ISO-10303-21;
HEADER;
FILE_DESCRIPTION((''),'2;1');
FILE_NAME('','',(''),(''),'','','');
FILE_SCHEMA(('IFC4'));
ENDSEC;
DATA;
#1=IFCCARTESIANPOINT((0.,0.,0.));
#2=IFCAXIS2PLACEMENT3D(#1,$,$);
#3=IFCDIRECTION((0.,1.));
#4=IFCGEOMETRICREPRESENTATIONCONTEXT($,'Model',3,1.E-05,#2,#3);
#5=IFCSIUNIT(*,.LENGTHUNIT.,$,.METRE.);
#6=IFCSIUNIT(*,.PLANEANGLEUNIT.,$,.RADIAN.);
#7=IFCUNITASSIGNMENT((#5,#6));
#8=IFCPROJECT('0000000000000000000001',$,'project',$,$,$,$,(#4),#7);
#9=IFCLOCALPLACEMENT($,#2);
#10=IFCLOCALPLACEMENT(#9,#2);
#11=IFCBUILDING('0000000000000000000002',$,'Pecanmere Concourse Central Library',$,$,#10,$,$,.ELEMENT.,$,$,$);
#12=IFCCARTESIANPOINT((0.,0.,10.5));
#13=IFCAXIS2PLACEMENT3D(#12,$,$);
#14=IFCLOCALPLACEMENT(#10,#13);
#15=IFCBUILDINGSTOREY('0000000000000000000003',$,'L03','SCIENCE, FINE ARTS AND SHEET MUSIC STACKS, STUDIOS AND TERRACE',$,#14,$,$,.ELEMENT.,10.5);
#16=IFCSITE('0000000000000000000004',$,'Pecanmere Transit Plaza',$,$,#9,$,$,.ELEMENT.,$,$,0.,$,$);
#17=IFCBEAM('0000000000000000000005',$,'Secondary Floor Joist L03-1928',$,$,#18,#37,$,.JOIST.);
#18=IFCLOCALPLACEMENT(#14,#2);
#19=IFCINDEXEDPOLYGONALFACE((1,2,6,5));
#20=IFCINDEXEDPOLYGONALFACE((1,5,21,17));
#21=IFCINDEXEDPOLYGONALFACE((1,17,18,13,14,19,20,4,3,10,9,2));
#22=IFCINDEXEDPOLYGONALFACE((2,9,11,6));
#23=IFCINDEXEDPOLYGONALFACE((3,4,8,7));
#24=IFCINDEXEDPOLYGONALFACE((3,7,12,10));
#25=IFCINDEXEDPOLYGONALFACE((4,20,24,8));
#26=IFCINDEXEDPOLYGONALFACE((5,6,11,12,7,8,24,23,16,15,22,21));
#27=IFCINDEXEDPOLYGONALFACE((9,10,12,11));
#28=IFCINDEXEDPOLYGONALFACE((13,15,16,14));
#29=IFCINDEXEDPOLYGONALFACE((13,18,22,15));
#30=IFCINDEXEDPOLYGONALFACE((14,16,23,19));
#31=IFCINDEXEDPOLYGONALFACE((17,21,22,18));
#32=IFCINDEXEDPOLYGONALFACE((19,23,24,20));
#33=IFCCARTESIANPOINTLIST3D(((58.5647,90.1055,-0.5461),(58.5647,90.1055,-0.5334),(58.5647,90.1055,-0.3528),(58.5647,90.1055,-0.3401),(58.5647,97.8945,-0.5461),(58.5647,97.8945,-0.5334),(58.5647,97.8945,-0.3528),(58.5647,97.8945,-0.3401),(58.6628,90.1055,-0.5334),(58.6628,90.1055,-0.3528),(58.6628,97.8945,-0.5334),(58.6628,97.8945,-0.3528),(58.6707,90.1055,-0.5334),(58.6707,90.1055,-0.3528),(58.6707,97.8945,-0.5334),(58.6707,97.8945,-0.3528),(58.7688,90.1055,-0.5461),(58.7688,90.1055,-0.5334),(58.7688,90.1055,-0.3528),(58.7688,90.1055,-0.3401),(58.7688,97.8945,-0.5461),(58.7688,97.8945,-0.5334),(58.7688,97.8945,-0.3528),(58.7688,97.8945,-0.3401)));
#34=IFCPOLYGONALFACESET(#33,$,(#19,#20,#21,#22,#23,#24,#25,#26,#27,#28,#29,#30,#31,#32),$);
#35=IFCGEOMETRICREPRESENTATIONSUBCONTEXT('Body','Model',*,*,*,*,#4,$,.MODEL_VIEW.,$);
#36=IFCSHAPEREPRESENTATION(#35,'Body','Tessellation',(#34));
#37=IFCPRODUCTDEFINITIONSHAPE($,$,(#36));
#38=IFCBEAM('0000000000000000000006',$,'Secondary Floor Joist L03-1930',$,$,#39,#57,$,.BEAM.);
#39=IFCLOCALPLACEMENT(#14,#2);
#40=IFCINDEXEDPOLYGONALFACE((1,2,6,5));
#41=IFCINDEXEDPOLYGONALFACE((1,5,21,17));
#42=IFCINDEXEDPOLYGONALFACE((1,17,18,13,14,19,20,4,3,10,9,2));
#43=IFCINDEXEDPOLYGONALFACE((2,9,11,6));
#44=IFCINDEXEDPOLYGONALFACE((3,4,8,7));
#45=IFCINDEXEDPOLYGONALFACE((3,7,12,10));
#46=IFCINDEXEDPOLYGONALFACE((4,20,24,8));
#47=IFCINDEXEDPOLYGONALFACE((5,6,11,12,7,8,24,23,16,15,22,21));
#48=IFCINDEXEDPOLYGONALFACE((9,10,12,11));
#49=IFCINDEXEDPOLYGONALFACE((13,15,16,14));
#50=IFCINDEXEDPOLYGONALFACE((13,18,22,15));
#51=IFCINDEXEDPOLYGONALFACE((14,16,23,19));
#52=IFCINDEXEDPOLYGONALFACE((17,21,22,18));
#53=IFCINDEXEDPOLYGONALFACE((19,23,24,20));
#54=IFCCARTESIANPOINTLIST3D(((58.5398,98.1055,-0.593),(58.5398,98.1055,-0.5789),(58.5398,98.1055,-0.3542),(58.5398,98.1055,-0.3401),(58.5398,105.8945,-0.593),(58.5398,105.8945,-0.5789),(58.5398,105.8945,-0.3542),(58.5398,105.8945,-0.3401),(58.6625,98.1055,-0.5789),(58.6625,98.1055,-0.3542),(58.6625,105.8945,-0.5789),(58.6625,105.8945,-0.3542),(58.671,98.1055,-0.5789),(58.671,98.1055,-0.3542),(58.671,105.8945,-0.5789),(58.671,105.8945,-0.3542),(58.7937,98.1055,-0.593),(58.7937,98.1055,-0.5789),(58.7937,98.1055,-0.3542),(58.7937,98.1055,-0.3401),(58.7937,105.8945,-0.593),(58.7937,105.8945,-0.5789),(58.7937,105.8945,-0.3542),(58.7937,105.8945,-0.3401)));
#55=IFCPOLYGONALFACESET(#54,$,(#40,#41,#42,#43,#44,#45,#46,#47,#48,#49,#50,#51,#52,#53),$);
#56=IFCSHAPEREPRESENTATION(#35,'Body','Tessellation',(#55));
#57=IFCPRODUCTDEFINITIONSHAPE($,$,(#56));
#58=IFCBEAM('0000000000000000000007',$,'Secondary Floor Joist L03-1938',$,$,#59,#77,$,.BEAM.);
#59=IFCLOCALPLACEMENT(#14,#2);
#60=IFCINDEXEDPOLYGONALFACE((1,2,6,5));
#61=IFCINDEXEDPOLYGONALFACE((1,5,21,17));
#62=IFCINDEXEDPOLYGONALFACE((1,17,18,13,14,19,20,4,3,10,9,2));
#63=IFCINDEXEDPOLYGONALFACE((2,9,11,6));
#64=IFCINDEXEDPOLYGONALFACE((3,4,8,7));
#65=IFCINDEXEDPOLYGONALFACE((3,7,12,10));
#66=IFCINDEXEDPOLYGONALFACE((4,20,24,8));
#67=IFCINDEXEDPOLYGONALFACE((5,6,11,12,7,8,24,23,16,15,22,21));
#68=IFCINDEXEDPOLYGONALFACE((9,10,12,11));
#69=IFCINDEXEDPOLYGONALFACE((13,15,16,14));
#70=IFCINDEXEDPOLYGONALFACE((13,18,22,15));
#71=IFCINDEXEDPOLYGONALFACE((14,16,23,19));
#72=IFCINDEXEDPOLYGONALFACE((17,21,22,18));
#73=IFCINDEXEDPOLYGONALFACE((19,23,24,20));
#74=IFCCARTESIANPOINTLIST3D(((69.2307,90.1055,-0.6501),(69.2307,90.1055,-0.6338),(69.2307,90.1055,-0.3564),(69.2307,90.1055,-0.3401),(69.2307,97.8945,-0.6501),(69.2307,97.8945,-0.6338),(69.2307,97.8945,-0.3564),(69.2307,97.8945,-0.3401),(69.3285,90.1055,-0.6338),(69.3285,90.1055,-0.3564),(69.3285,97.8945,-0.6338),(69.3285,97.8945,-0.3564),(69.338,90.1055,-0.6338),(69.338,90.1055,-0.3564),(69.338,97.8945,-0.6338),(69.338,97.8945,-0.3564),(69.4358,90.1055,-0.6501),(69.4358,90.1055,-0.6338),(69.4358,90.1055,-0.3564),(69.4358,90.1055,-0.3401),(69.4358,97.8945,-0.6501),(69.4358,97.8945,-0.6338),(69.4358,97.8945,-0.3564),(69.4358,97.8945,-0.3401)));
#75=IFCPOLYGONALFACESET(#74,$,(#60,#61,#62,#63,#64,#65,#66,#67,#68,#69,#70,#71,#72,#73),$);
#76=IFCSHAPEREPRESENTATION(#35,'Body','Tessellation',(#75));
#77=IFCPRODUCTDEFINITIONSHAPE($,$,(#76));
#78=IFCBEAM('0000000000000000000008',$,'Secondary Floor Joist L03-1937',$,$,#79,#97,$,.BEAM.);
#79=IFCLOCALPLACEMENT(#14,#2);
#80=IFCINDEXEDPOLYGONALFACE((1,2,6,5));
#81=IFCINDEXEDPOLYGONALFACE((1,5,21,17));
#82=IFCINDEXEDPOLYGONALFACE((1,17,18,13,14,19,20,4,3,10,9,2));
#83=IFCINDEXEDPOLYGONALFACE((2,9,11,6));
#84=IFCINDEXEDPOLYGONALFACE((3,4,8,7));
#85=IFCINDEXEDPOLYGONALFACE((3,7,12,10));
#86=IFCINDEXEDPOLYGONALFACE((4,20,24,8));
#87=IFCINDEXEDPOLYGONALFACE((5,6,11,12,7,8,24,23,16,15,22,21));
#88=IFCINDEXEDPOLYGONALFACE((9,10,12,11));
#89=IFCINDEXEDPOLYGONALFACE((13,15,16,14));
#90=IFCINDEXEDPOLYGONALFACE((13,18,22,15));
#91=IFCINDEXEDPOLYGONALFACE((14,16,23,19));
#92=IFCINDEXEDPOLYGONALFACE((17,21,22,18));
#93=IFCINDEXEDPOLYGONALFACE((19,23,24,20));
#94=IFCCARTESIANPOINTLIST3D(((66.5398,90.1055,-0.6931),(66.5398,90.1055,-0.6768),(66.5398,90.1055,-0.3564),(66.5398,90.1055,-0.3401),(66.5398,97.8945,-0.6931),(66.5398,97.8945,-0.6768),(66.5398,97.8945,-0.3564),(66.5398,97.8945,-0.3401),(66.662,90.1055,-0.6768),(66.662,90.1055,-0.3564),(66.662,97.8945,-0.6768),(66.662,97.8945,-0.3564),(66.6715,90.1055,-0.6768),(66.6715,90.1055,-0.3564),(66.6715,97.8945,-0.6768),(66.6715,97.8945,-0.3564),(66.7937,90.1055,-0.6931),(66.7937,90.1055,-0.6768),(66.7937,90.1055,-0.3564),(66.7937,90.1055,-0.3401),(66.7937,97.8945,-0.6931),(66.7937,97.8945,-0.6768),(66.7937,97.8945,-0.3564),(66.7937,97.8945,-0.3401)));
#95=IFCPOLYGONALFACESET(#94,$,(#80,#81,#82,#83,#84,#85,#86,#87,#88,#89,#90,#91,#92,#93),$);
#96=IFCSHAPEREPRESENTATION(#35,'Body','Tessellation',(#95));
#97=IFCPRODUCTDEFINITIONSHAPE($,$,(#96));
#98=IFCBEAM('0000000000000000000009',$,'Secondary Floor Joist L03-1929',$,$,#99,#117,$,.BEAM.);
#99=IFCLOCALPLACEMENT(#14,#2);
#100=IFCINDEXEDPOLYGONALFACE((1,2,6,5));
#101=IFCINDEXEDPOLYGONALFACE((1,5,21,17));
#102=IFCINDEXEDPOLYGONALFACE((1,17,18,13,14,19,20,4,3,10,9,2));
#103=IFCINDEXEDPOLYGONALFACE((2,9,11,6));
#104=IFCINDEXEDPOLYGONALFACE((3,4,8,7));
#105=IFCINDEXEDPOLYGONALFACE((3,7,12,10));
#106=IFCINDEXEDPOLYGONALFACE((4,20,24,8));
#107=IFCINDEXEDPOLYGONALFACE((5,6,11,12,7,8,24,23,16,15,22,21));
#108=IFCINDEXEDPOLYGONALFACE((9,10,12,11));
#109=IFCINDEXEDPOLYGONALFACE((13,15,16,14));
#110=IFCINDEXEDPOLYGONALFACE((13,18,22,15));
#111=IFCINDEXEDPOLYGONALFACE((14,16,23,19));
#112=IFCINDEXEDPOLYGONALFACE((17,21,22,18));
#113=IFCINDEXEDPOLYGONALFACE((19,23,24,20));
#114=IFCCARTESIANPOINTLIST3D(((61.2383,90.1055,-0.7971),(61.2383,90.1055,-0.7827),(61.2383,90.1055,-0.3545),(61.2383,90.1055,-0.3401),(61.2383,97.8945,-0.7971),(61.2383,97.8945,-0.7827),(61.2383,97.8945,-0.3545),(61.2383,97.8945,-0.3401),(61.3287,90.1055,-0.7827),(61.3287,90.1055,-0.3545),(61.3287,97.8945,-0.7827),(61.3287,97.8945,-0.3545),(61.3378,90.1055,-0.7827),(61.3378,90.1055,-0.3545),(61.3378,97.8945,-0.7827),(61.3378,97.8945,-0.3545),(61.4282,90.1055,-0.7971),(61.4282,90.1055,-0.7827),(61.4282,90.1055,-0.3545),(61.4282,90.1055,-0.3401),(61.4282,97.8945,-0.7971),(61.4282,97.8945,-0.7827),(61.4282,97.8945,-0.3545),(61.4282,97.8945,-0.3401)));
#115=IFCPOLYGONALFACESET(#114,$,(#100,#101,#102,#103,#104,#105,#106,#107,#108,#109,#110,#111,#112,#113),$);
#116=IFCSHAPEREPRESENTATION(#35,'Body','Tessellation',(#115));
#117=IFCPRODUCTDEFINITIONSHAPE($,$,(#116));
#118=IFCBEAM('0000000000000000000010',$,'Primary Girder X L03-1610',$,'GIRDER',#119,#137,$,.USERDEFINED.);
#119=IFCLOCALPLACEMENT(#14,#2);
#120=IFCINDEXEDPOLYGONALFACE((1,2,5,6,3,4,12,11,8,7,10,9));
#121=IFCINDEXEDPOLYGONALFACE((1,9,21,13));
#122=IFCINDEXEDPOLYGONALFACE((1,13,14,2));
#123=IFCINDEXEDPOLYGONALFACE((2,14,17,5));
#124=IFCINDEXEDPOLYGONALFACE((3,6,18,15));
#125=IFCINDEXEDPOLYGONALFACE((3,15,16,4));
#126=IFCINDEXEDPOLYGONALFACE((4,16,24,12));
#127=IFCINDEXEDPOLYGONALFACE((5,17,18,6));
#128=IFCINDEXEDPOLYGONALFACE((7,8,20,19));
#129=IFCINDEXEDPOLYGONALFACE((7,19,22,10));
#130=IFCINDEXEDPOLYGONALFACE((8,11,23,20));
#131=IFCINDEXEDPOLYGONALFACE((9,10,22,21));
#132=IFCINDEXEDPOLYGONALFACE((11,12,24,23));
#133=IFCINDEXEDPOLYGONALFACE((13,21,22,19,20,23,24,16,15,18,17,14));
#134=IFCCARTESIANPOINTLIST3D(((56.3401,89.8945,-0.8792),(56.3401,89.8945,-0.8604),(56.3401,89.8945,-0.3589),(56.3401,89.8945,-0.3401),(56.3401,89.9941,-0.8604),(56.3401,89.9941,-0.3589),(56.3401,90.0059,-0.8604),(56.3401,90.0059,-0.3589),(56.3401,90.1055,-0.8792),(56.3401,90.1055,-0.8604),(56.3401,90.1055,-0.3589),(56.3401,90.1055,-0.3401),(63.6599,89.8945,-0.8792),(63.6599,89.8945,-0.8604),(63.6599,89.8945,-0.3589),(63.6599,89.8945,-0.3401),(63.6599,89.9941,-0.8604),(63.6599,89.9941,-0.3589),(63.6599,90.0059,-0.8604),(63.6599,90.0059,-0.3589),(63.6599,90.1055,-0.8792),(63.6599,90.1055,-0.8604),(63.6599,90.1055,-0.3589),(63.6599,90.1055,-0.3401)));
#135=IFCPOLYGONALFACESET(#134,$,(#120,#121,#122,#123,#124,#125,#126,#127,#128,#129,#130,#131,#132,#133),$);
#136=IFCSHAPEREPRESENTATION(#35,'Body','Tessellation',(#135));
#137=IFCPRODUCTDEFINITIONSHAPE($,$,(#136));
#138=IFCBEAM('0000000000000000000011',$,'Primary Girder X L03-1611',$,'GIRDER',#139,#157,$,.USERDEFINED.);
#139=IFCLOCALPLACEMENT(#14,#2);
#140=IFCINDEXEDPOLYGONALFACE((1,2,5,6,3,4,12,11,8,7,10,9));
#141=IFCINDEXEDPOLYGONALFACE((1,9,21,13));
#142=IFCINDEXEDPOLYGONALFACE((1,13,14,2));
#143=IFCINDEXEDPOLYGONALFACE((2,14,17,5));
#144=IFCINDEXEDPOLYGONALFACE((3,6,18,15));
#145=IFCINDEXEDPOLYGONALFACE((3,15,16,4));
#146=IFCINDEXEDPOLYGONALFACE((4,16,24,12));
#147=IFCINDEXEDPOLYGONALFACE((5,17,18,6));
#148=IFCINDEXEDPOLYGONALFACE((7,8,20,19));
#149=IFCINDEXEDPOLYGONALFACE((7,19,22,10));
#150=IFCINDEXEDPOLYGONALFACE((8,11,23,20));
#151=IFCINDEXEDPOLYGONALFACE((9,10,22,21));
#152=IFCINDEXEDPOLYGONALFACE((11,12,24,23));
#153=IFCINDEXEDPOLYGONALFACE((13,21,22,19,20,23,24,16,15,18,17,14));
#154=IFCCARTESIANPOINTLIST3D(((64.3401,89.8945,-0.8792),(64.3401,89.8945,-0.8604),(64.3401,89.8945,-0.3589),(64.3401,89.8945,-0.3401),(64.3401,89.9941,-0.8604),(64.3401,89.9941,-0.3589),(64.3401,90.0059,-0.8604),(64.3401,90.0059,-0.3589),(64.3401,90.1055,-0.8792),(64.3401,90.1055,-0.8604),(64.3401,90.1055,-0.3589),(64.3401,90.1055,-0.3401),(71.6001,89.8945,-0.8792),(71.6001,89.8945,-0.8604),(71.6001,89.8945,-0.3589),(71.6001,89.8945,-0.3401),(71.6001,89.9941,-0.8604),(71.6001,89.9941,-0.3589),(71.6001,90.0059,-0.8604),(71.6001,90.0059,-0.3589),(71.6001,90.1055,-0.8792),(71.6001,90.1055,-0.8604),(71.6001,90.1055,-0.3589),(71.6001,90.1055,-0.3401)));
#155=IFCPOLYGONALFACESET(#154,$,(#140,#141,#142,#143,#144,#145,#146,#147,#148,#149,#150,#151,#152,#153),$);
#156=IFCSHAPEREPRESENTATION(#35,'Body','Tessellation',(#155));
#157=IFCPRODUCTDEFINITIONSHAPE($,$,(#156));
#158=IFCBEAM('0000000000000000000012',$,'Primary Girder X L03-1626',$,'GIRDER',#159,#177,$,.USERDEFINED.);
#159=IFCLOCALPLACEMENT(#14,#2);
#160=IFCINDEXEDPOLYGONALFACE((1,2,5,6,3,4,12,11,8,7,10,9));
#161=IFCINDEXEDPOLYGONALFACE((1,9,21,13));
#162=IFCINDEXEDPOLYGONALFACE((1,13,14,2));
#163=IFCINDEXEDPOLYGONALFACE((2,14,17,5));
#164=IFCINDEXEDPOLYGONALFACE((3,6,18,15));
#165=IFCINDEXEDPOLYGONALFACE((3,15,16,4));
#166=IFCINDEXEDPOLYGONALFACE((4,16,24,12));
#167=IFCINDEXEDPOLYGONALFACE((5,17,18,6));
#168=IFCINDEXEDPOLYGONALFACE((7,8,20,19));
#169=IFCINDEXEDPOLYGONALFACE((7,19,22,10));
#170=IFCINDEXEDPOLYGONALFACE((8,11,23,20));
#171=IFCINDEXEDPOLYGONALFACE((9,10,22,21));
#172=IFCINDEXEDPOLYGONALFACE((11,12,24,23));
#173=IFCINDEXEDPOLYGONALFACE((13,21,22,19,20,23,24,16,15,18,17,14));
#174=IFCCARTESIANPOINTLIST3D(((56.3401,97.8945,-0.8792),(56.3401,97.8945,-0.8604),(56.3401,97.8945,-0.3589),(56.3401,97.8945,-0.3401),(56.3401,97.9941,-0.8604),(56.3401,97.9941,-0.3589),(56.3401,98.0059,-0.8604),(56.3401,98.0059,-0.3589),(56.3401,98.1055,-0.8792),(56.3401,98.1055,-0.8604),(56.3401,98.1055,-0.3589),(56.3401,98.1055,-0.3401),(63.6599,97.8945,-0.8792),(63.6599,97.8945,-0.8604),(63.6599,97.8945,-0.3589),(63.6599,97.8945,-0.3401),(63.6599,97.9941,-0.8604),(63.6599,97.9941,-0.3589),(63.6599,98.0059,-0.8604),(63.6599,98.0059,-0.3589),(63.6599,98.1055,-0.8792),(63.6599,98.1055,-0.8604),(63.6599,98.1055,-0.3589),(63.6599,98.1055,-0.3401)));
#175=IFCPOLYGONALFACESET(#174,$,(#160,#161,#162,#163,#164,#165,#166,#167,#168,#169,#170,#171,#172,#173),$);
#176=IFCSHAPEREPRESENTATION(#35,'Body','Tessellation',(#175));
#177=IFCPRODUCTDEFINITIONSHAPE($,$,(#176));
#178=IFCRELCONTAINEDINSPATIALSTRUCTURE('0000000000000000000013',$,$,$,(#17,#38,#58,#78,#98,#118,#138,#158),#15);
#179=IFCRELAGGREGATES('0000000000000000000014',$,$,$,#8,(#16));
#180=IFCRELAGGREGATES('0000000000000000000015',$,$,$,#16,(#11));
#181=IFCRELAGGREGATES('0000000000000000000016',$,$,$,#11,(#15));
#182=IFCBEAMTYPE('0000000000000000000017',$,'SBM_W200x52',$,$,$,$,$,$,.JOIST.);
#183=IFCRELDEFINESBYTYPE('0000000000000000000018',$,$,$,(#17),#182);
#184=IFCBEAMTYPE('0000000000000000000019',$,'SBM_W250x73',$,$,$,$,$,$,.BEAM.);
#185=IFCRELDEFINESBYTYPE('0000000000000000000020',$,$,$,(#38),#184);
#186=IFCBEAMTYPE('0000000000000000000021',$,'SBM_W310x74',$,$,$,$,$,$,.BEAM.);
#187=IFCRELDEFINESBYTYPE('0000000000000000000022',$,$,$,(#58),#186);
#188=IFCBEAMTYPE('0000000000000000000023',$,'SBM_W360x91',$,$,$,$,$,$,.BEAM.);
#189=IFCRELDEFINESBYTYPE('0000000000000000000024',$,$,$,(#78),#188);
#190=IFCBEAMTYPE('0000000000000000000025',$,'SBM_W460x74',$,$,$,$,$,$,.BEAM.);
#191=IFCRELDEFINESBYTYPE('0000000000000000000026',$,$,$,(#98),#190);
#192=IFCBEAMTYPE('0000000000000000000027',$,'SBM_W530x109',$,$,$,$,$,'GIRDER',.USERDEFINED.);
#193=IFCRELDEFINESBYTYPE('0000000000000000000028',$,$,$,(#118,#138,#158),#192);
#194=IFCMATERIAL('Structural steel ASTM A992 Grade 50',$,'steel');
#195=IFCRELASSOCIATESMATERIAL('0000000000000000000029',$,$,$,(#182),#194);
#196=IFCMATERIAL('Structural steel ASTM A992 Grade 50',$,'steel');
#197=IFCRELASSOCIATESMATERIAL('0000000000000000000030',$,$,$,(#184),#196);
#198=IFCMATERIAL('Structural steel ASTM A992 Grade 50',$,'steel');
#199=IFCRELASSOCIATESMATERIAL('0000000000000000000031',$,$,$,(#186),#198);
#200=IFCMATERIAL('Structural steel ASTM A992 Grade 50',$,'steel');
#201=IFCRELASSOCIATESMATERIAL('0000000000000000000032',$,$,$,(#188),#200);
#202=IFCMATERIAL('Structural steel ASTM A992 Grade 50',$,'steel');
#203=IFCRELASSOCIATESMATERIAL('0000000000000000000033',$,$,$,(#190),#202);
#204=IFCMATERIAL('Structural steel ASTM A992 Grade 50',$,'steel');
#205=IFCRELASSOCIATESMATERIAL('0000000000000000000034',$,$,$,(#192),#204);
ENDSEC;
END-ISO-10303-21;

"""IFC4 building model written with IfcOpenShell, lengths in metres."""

from ifc_helpers import new_model, si_unit, direction, frame, origin, origin_2d, place, context, subcontext, project, spatial, i_section, extrude, material, material_profile, profile_set, type_object, element, save


model = new_model("IFC4")

# Units and contexts
model_context = context("Model", 3, precision=1e-05, world=origin(), true_north=direction((0.0, 1.0)))
body_context = subcontext(model_context, "Body", "Model", "MODEL_VIEW")
ifc_project = project(units=[si_unit("LENGTHUNIT", "METRE"), si_unit("PLANEANGLEUNIT", "RADIAN")], contexts=[model_context])

# Site, building, storey
site_placement = place(None, origin())
site = spatial("IfcSite", under=ifc_project, at=site_placement, Name="Pecanmere Transit Plaza", CompositionType="ELEMENT", RefElevation=0.0)
building_placement = place(site_placement, origin())
building = spatial("IfcBuilding", under=site, at=building_placement, Name="Pecanmere Concourse Central Library", CompositionType="ELEMENT")
storey_placement = place(building_placement, frame((0.0, 0.0, 10.5)))
storey = spatial("IfcBuildingStorey", under=building, at=storey_placement, Name="L03", Description="SCIENCE, FINE ARTS AND SHEET MUSIC STACKS, STUDIOS AND TERRACE", CompositionType="ELEMENT", Elevation=10.5)

# Beams
ifc_material_1 = material(Name="Structural steel ASTM A992 Grade 50", Category="steel")
ifc_material_profile_1 = material_profile(ifc_material_1, i_section(OverallWidth=0.2041, OverallDepth=0.2061, WebThickness=0.0078, FlangeThickness=0.0127, at=origin_2d()), Name="W200x52")
ifc_profile_set_1 = profile_set([ifc_material_profile_1], Name="Structural steel ASTM A992 Grade 50")
beam_type_1 = type_object("IfcBeamType", Name="SBM_W200x52", PredefinedType="JOIST", material=ifc_profile_set_1)
beam_1_placement = place(storey_placement, frame((58.6667, 90.1055, -0.4431), z_axis=(0.0, 1.0, 0.0), x_axis=(-1.0, 0.0, 0.0)))
element("IfcBeam", 1, at=beam_1_placement, inside=storey, type_object=beam_type_1, Name="Secondary Floor Joist L03-1928", PredefinedType="JOIST", context=body_context, shape_type="SweptSolid", body=[
    extrude(i_section(OverallWidth=0.2041, OverallDepth=0.2061, WebThickness=0.0078, FlangeThickness=0.0127, at=origin_2d()), origin(), (0.0, 0.0, 1.0), 7.7891),
])
ifc_material_2 = material(Name="Structural steel ASTM A992 Grade 50", Category="steel")
ifc_material_profile_2 = material_profile(ifc_material_2, i_section(OverallWidth=0.2539, OverallDepth=0.2529, WebThickness=0.0085, FlangeThickness=0.0142, at=origin_2d()), Name="W250x73")
ifc_profile_set_2 = profile_set([ifc_material_profile_2], Name="Structural steel ASTM A992 Grade 50")
beam_type_2 = type_object("IfcBeamType", Name="SBM_W250x73", PredefinedType="BEAM", material=ifc_profile_set_2)
beam_2_placement = place(storey_placement, frame((58.6667, 98.1055, -0.4666), z_axis=(0.0, 1.0, 0.0), x_axis=(-1.0, 0.0, 0.0)))
element("IfcBeam", 2, at=beam_2_placement, inside=storey, type_object=beam_type_2, Name="Secondary Floor Joist L03-1930", PredefinedType="BEAM", context=body_context, shape_type="SweptSolid", body=[
    extrude(i_section(OverallWidth=0.2539, OverallDepth=0.2529, WebThickness=0.0085, FlangeThickness=0.0142, at=origin_2d()), origin(), (0.0, 0.0, 1.0), 7.7891),
])
ifc_material_3 = material(Name="Structural steel ASTM A992 Grade 50", Category="steel")
ifc_material_profile_3 = material_profile(ifc_material_3, i_section(OverallWidth=0.2051, OverallDepth=0.3101, WebThickness=0.0095, FlangeThickness=0.0164, at=origin_2d()), Name="W310x74")
ifc_profile_set_3 = profile_set([ifc_material_profile_3], Name="Structural steel ASTM A992 Grade 50")
beam_type_3 = type_object("IfcBeamType", Name="SBM_W310x74", PredefinedType="BEAM", material=ifc_profile_set_3)
beam_3_placement = place(storey_placement, frame((69.3333, 90.1055, -0.4951), z_axis=(0.0, 1.0, 0.0), x_axis=(-1.0, 0.0, 0.0)))
element("IfcBeam", 3, at=beam_3_placement, inside=storey, type_object=beam_type_3, Name="Secondary Floor Joist L03-1938", PredefinedType="BEAM", context=body_context, shape_type="SweptSolid", body=[
    extrude(i_section(OverallWidth=0.2051, OverallDepth=0.3101, WebThickness=0.0095, FlangeThickness=0.0164, at=origin_2d()), origin(), (0.0, 0.0, 1.0), 7.7891),
])
ifc_material_4 = material(Name="Structural steel ASTM A992 Grade 50", Category="steel")
ifc_material_profile_4 = material_profile(ifc_material_4, i_section(OverallWidth=0.2539, OverallDepth=0.353, WebThickness=0.0095, FlangeThickness=0.0164, at=origin_2d()), Name="W360x91")
ifc_profile_set_4 = profile_set([ifc_material_profile_4], Name="Structural steel ASTM A992 Grade 50")
beam_type_4 = type_object("IfcBeamType", Name="SBM_W360x91", PredefinedType="BEAM", material=ifc_profile_set_4)
beam_4_placement = place(storey_placement, frame((66.6667, 90.1055, -0.5166), z_axis=(0.0, 1.0, 0.0), x_axis=(-1.0, 0.0, 0.0)))
element("IfcBeam", 4, at=beam_4_placement, inside=storey, type_object=beam_type_4, Name="Secondary Floor Joist L03-1937", PredefinedType="BEAM", context=body_context, shape_type="SweptSolid", body=[
    extrude(i_section(OverallWidth=0.2539, OverallDepth=0.353, WebThickness=0.0095, FlangeThickness=0.0164, at=origin_2d()), origin(), (0.0, 0.0, 1.0), 7.7891),
])
ifc_material_5 = material(Name="Structural steel ASTM A992 Grade 50", Category="steel")
ifc_material_profile_5 = material_profile(ifc_material_5, i_section(OverallWidth=0.1899, OverallDepth=0.457, WebThickness=0.009, FlangeThickness=0.0144, at=origin_2d()), Name="W460x74")
ifc_profile_set_5 = profile_set([ifc_material_profile_5], Name="Structural steel ASTM A992 Grade 50")
beam_type_5 = type_object("IfcBeamType", Name="SBM_W460x74", PredefinedType="BEAM", material=ifc_profile_set_5)
beam_5_placement = place(storey_placement, frame((61.3333, 90.1055, -0.5686), z_axis=(0.0, 1.0, 0.0), x_axis=(-1.0, 0.0, 0.0)))
element("IfcBeam", 5, at=beam_5_placement, inside=storey, type_object=beam_type_5, Name="Secondary Floor Joist L03-1929", PredefinedType="BEAM", context=body_context, shape_type="SweptSolid", body=[
    extrude(i_section(OverallWidth=0.1899, OverallDepth=0.457, WebThickness=0.009, FlangeThickness=0.0144, at=origin_2d()), origin(), (0.0, 0.0, 1.0), 7.7891),
])
ifc_material_6 = material(Name="Structural steel ASTM A992 Grade 50", Category="steel")
ifc_material_profile_6 = material_profile(ifc_material_6, i_section(OverallWidth=0.2109, OverallDepth=0.5391, WebThickness=0.0117, FlangeThickness=0.0188, at=origin_2d()), Name="W530x109")
ifc_profile_set_6 = profile_set([ifc_material_profile_6], Name="Structural steel ASTM A992 Grade 50")
beam_type_6 = type_object("IfcBeamType", Name="SBM_W530x109", ElementType="GIRDER", PredefinedType="USERDEFINED", material=ifc_profile_set_6)
beam_6_placement = place(storey_placement, frame((56.3401, 90.0, -0.6096), z_axis=(1.0, 0.0, 0.0), x_axis=(0.0, 1.0, 0.0)))
element("IfcBeam", 6, at=beam_6_placement, inside=storey, type_object=beam_type_6, Name="Primary Girder X L03-1610", ObjectType="GIRDER", PredefinedType="USERDEFINED", context=body_context, shape_type="SweptSolid", body=[
    extrude(i_section(OverallWidth=0.2109, OverallDepth=0.5391, WebThickness=0.0117, FlangeThickness=0.0188, at=origin_2d()), origin(), (0.0, 0.0, 1.0), 7.3198),
])
beam_7_placement = place(storey_placement, frame((64.3401, 90.0, -0.6096), z_axis=(1.0, 0.0, 0.0), x_axis=(0.0, 1.0, 0.0)))
element("IfcBeam", 7, at=beam_7_placement, inside=storey, type_object=beam_type_6, Name="Primary Girder X L03-1611", ObjectType="GIRDER", PredefinedType="USERDEFINED", context=body_context, shape_type="SweptSolid", body=[
    extrude(i_section(OverallWidth=0.2109, OverallDepth=0.5391, WebThickness=0.0117, FlangeThickness=0.0188, at=origin_2d()), origin(), (0.0, 0.0, 1.0), 7.26),
])
beam_8_placement = place(storey_placement, frame((56.3401, 98.0, -0.6096), z_axis=(1.0, 0.0, 0.0), x_axis=(0.0, 1.0, 0.0)))
element("IfcBeam", 8, at=beam_8_placement, inside=storey, type_object=beam_type_6, Name="Primary Girder X L03-1626", ObjectType="GIRDER", PredefinedType="USERDEFINED", context=body_context, shape_type="SweptSolid", body=[
    extrude(i_section(OverallWidth=0.2109, OverallDepth=0.5391, WebThickness=0.0117, FlangeThickness=0.0188, at=origin_2d()), origin(), (0.0, 0.0, 1.0), 7.3198),
])

save(model, "model.ifc")
